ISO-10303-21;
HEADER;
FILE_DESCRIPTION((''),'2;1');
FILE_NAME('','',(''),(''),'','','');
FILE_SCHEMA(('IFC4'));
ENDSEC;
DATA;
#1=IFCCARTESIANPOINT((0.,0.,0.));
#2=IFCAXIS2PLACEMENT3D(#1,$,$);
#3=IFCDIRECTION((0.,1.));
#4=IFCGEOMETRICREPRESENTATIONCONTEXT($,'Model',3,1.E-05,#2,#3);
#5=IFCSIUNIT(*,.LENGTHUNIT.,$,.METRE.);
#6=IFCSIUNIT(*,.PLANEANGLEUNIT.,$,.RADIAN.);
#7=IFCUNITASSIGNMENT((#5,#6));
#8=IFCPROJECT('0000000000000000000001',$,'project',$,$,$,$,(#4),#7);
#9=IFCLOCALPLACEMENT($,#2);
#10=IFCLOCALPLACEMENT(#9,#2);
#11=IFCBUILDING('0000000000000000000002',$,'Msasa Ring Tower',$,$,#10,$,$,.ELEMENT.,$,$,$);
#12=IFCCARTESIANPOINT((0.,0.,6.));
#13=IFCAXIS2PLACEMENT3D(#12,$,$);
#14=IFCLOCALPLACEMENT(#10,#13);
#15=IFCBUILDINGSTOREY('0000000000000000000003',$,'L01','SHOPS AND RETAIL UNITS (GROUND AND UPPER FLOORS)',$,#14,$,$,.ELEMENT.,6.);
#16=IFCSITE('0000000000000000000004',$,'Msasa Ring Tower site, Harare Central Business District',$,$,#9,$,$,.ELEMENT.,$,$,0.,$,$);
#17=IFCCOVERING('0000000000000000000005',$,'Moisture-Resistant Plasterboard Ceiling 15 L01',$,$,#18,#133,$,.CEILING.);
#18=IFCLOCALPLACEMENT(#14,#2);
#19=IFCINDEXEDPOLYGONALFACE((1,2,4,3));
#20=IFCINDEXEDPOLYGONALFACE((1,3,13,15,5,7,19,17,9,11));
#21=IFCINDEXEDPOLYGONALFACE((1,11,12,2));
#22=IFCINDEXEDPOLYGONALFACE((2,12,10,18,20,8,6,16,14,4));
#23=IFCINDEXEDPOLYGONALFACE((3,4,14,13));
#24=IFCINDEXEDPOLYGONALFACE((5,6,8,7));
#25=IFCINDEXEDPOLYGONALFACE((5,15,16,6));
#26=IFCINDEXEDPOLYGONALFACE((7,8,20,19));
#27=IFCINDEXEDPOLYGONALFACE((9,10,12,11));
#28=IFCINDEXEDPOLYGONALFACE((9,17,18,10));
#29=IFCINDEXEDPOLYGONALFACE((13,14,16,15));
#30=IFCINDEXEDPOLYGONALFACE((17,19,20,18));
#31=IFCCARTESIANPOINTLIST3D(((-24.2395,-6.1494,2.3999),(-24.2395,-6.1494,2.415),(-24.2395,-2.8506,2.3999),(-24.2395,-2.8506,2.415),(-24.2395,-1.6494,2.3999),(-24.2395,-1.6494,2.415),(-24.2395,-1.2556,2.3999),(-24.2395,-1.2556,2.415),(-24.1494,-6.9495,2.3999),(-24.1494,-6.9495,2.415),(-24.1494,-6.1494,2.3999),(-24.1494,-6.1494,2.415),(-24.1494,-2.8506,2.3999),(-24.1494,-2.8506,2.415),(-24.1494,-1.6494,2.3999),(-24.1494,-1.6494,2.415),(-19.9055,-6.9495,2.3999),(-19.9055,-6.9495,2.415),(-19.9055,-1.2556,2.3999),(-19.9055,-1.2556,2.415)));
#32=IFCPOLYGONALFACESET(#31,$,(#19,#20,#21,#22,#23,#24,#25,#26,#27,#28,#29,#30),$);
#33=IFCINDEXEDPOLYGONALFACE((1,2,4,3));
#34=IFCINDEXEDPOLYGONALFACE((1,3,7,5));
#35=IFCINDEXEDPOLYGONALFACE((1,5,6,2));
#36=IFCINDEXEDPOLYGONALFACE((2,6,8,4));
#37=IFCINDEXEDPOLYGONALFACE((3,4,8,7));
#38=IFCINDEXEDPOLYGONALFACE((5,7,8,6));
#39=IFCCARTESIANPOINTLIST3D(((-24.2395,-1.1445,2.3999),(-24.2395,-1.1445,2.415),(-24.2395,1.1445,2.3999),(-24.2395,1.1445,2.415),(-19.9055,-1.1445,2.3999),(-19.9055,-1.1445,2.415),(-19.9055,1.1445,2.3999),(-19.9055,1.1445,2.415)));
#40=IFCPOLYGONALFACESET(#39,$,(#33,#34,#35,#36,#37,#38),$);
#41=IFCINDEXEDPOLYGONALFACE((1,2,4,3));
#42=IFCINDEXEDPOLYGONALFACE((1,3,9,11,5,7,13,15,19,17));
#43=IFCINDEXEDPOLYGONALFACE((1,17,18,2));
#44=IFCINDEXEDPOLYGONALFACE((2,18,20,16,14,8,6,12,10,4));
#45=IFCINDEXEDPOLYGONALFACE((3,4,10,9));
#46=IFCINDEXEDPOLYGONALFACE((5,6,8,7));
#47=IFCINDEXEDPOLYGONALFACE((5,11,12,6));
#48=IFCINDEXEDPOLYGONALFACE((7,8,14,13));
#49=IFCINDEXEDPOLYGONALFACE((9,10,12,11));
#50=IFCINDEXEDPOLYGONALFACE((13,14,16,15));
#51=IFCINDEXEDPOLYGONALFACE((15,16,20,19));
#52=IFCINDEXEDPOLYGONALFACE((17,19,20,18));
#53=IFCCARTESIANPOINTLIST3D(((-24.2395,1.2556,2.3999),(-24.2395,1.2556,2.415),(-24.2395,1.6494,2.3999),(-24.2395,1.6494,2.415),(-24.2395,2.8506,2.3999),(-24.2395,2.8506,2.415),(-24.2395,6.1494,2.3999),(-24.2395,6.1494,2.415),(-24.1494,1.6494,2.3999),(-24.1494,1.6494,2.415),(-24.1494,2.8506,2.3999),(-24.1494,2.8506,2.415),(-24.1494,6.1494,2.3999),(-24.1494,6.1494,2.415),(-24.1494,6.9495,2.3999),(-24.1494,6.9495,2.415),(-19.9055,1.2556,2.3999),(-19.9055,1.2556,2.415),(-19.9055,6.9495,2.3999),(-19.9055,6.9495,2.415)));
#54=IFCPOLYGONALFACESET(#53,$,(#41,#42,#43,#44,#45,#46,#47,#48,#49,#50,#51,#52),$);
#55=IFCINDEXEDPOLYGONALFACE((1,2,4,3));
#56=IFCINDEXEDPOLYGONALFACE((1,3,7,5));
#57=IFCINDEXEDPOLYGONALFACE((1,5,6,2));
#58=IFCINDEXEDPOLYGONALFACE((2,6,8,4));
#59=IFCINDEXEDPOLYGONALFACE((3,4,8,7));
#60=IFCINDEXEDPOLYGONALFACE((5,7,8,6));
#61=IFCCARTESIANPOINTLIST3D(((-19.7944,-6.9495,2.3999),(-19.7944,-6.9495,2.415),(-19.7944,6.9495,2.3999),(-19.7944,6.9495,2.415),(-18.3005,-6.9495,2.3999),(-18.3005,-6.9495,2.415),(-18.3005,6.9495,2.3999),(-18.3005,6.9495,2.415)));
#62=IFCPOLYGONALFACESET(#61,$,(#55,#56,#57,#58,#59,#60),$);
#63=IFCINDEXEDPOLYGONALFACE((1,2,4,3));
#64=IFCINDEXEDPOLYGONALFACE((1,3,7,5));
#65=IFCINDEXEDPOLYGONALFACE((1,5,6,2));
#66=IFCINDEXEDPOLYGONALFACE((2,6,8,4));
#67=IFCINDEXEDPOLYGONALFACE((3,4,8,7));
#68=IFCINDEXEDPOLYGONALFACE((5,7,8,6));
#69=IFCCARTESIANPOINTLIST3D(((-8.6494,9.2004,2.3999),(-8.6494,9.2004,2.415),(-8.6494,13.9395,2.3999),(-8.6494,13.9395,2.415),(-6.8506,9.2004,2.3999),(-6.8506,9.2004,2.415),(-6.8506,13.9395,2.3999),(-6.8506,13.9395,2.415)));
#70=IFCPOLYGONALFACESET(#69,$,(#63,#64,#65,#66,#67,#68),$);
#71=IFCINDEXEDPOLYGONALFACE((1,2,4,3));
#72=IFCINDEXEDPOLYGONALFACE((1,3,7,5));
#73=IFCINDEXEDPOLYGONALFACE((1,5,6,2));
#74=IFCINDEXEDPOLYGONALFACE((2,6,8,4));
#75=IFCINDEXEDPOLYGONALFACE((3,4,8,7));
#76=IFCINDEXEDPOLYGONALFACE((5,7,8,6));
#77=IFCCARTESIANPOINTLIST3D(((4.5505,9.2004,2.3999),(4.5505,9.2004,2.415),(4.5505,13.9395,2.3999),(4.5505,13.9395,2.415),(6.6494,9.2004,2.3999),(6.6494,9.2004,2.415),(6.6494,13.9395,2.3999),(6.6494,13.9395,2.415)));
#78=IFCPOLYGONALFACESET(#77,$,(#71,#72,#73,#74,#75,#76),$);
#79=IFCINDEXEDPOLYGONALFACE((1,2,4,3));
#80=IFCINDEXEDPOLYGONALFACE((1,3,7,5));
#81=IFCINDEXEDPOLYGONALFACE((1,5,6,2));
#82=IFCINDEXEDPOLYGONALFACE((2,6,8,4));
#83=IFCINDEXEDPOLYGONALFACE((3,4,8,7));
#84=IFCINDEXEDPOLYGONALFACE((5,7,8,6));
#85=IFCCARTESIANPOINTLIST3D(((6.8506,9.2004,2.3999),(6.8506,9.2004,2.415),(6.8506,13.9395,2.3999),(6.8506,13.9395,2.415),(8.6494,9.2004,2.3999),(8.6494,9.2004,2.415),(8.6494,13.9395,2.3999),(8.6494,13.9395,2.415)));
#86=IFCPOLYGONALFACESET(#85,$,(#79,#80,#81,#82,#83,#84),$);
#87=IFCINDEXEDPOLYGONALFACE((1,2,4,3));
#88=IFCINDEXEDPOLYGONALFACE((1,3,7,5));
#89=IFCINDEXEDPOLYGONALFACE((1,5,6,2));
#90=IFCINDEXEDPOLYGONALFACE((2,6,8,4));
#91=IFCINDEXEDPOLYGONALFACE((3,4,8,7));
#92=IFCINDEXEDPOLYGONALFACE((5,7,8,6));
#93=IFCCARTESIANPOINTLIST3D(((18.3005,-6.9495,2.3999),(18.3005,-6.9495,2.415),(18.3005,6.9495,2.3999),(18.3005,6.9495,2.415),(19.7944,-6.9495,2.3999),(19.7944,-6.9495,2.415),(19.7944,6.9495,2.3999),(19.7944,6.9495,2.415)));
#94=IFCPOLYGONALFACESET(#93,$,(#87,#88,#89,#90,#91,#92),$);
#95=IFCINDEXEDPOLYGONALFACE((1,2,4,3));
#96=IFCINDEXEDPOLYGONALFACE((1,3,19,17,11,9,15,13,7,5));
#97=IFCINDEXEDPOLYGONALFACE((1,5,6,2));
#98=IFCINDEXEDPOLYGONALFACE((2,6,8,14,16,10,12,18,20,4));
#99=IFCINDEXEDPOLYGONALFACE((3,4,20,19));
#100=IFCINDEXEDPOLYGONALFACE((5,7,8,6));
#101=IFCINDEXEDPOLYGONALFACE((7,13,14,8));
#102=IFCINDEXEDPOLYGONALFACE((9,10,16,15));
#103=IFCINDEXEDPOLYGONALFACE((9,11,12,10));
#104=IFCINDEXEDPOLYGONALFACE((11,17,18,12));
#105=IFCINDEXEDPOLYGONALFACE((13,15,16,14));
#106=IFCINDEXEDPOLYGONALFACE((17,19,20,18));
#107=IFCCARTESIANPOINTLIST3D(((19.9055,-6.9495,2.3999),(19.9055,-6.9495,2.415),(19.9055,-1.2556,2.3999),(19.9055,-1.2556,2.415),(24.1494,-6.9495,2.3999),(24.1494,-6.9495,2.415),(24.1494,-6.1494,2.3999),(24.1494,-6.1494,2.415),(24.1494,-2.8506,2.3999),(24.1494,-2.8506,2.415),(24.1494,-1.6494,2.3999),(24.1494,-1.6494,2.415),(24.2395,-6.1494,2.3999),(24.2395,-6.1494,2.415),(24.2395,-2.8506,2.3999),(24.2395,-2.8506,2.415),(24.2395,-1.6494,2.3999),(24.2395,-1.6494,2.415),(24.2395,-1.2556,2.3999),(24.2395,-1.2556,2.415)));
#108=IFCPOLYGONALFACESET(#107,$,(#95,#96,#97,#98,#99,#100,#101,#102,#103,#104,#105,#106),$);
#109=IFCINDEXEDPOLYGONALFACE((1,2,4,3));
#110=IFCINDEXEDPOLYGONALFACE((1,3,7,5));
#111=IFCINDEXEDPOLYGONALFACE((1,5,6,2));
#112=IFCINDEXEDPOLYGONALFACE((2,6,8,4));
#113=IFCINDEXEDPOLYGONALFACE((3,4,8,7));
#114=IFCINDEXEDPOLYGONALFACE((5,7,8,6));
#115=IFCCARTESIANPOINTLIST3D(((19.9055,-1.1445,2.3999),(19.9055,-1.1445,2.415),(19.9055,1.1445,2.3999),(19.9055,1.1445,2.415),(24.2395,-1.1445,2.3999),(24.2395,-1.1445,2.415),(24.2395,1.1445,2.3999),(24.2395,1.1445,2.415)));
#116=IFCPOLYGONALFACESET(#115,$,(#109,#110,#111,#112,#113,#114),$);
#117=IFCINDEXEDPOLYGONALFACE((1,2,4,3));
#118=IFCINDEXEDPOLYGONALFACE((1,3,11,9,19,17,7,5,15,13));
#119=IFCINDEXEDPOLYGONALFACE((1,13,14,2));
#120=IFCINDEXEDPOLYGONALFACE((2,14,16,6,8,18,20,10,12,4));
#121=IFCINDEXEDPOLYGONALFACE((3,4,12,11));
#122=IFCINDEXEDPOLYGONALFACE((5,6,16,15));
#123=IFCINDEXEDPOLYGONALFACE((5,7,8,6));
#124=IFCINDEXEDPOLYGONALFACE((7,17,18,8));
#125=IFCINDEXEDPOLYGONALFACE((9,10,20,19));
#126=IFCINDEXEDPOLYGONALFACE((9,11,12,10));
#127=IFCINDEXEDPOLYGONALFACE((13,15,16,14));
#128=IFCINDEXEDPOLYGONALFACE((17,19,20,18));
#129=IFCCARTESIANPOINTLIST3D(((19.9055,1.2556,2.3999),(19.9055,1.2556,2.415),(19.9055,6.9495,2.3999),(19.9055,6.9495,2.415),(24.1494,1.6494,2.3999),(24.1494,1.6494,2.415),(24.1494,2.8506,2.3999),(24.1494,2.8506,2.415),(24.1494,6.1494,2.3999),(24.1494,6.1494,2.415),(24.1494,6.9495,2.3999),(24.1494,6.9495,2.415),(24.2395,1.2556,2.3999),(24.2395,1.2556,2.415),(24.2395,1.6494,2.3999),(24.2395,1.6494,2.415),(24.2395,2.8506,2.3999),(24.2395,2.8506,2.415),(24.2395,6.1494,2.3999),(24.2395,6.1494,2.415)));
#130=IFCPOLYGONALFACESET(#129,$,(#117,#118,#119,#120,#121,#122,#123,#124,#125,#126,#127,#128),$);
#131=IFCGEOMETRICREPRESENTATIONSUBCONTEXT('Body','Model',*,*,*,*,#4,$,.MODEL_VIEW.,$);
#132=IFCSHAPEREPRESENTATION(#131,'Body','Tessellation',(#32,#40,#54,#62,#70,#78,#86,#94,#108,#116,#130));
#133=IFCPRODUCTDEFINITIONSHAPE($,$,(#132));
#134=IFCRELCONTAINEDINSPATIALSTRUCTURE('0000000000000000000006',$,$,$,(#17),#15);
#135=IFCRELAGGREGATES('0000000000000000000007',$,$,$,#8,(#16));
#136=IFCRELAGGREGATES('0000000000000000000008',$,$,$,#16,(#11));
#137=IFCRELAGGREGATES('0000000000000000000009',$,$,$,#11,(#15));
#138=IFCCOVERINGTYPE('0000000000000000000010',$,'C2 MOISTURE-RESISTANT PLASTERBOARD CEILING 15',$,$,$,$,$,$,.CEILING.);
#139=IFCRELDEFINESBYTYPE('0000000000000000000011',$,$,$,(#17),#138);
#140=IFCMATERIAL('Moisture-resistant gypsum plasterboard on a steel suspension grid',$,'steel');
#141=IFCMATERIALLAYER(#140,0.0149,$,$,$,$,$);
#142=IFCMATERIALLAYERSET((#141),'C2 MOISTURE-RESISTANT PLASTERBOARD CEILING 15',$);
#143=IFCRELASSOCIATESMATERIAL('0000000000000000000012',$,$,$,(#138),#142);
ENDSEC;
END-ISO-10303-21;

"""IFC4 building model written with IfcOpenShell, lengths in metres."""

from ifc_helpers import new_model, si_unit, direction, frame, origin, place, context, subcontext, project, spatial, line, indexed_curve, outline, extrude, material, layer, layer_set, type_object, element, save


model = new_model("IFC4")

# Units and contexts
model_context = context("Model", 3, precision=1e-05, world=origin(), true_north=direction((0.0, 1.0)))
body_context = subcontext(model_context, "Body", "Model", "MODEL_VIEW")
ifc_project = project(units=[si_unit("LENGTHUNIT", "METRE"), si_unit("PLANEANGLEUNIT", "RADIAN")], contexts=[model_context])

# Site, building, storey
site_placement = place(None, origin())
site = spatial("IfcSite", under=ifc_project, at=site_placement, Name="Msasa Ring Tower site, Harare Central Business District", CompositionType="ELEMENT", RefElevation=0.0)
building_placement = place(site_placement, origin())
building = spatial("IfcBuilding", under=site, at=building_placement, Name="Msasa Ring Tower", CompositionType="ELEMENT")
storey_placement = place(building_placement, frame((0.0, 0.0, 6.0)))
storey = spatial("IfcBuildingStorey", under=building, at=storey_placement, Name="L01", Description="SHOPS AND RETAIL UNITS (GROUND AND UPPER FLOORS)", CompositionType="ELEMENT", Elevation=6.0)

# Covering
ifc_material_1 = material(Name="Moisture-resistant gypsum plasterboard on a steel suspension grid", Category="steel")
ifc_layer_1 = layer(ifc_material_1, 0.0149)
ifc_layer_set_1 = layer_set([ifc_layer_1], Name="C2 MOISTURE-RESISTANT PLASTERBOARD CEILING 15")
covering_type_1 = type_object("IfcCoveringType", Name="C2 MOISTURE-RESISTANT PLASTERBOARD CEILING 15", PredefinedType="CEILING", material=ifc_layer_set_1)
covering_1_placement = place(storey_placement, frame((0.0, 0.0, 2.3999)))
element("IfcCovering", 1, at=covering_1_placement, inside=storey, type_object=covering_type_1, Name="Moisture-Resistant Plasterboard Ceiling 15 L01", PredefinedType="CEILING", context=body_context, shape_type="SweptSolid", body=[
    extrude(outline(indexed_curve([(-24.2395, -2.8506), (-24.1494, -2.8506), (-24.1494, -1.6494), (-24.2395, -1.6494), (-24.2395, -1.2556), (-19.9055, -1.2556), (-19.9055, -6.9495), (-24.1494, -6.9495), (-24.1494, -6.1494), (-24.2395, -6.1494)], segments=[line(1, 2, 3, 4, 5, 6, 7, 8, 9, 10, 1)], self_intersect=False)), origin(), (0.0, 0.0, 1.0), 0.0151),
    extrude(outline(indexed_curve([(-24.2395, -1.1445), (-24.2395, 1.1445), (-19.9055, 1.1445), (-19.9055, -1.1445)], segments=[line(1, 2, 3, 4, 1)], self_intersect=False)), origin(), (0.0, 0.0, 1.0), 0.0151),
    extrude(outline(indexed_curve([(-24.2395, 1.6494), (-24.1494, 1.6494), (-24.1494, 2.8506), (-24.2395, 2.8506), (-24.2395, 6.1494), (-24.1494, 6.1494), (-24.1494, 6.9495), (-19.9055, 6.9495), (-19.9055, 1.2556), (-24.2395, 1.2556)], segments=[line(1, 2, 3, 4, 5, 6, 7, 8, 9, 10, 1)], self_intersect=False)), origin(), (0.0, 0.0, 1.0), 0.0151),
    extrude(outline(indexed_curve([(-19.7944, 6.9495), (-18.3005, 6.9495), (-18.3005, -6.9495), (-19.7944, -6.9495)], segments=[line(1, 2, 3, 4, 1)], self_intersect=False)), origin(), (0.0, 0.0, 1.0), 0.0151),
    extrude(outline(indexed_curve([(-8.6494, 13.9395), (-6.8506, 13.9395), (-6.8506, 9.2004), (-8.6494, 9.2004)], segments=[line(1, 2, 3, 4, 1)], self_intersect=False)), origin(), (0.0, 0.0, 1.0), 0.0151),
    extrude(outline(indexed_curve([(4.5505, 9.2004), (4.5505, 13.9395), (6.6494, 13.9395), (6.6494, 9.2004)], segments=[line(1, 2, 3, 4, 1)], self_intersect=False)), origin(), (0.0, 0.0, 1.0), 0.0151),
    extrude(outline(indexed_curve([(8.6494, 13.9395), (8.6494, 9.2004), (6.8506, 9.2004), (6.8506, 13.9395)], segments=[line(1, 2, 3, 4, 1)], self_intersect=False)), origin(), (0.0, 0.0, 1.0), 0.0151),
    extrude(outline(indexed_curve([(18.3005, -6.9495), (18.3005, 6.9495), (19.7944, 6.9495), (19.7944, -6.9495)], segments=[line(1, 2, 3, 4, 1)], self_intersect=False)), origin(), (0.0, 0.0, 1.0), 0.0151),
    extrude(outline(indexed_curve([(19.9055, -1.2556), (24.2395, -1.2556), (24.2395, -1.6494), (24.1494, -1.6494), (24.1494, -2.8506), (24.2395, -2.8506), (24.2395, -6.1494), (24.1494, -6.1494), (24.1494, -6.9495), (19.9055, -6.9495)], segments=[line(1, 2, 3, 4, 5, 6, 7, 8, 9, 10, 1)], self_intersect=False)), origin(), (0.0, 0.0, 1.0), 0.0151),
    extrude(outline(indexed_curve([(19.9055, -1.1445), (19.9055, 1.1445), (24.2395, 1.1445), (24.2395, -1.1445)], segments=[line(1, 2, 3, 4, 1)], self_intersect=False)), origin(), (0.0, 0.0, 1.0), 0.0151),
    extrude(outline(indexed_curve([(19.9055, 6.9495), (24.1494, 6.9495), (24.1494, 6.1494), (24.2395, 6.1494), (24.2395, 2.8506), (24.1494, 2.8506), (24.1494, 1.6494), (24.2395, 1.6494), (24.2395, 1.2556), (19.9055, 1.2556)], segments=[line(1, 2, 3, 4, 5, 6, 7, 8, 9, 10, 1)], self_intersect=False)), origin(), (0.0, 0.0, 1.0), 0.0151),
])

save(model, "model.ifc")
